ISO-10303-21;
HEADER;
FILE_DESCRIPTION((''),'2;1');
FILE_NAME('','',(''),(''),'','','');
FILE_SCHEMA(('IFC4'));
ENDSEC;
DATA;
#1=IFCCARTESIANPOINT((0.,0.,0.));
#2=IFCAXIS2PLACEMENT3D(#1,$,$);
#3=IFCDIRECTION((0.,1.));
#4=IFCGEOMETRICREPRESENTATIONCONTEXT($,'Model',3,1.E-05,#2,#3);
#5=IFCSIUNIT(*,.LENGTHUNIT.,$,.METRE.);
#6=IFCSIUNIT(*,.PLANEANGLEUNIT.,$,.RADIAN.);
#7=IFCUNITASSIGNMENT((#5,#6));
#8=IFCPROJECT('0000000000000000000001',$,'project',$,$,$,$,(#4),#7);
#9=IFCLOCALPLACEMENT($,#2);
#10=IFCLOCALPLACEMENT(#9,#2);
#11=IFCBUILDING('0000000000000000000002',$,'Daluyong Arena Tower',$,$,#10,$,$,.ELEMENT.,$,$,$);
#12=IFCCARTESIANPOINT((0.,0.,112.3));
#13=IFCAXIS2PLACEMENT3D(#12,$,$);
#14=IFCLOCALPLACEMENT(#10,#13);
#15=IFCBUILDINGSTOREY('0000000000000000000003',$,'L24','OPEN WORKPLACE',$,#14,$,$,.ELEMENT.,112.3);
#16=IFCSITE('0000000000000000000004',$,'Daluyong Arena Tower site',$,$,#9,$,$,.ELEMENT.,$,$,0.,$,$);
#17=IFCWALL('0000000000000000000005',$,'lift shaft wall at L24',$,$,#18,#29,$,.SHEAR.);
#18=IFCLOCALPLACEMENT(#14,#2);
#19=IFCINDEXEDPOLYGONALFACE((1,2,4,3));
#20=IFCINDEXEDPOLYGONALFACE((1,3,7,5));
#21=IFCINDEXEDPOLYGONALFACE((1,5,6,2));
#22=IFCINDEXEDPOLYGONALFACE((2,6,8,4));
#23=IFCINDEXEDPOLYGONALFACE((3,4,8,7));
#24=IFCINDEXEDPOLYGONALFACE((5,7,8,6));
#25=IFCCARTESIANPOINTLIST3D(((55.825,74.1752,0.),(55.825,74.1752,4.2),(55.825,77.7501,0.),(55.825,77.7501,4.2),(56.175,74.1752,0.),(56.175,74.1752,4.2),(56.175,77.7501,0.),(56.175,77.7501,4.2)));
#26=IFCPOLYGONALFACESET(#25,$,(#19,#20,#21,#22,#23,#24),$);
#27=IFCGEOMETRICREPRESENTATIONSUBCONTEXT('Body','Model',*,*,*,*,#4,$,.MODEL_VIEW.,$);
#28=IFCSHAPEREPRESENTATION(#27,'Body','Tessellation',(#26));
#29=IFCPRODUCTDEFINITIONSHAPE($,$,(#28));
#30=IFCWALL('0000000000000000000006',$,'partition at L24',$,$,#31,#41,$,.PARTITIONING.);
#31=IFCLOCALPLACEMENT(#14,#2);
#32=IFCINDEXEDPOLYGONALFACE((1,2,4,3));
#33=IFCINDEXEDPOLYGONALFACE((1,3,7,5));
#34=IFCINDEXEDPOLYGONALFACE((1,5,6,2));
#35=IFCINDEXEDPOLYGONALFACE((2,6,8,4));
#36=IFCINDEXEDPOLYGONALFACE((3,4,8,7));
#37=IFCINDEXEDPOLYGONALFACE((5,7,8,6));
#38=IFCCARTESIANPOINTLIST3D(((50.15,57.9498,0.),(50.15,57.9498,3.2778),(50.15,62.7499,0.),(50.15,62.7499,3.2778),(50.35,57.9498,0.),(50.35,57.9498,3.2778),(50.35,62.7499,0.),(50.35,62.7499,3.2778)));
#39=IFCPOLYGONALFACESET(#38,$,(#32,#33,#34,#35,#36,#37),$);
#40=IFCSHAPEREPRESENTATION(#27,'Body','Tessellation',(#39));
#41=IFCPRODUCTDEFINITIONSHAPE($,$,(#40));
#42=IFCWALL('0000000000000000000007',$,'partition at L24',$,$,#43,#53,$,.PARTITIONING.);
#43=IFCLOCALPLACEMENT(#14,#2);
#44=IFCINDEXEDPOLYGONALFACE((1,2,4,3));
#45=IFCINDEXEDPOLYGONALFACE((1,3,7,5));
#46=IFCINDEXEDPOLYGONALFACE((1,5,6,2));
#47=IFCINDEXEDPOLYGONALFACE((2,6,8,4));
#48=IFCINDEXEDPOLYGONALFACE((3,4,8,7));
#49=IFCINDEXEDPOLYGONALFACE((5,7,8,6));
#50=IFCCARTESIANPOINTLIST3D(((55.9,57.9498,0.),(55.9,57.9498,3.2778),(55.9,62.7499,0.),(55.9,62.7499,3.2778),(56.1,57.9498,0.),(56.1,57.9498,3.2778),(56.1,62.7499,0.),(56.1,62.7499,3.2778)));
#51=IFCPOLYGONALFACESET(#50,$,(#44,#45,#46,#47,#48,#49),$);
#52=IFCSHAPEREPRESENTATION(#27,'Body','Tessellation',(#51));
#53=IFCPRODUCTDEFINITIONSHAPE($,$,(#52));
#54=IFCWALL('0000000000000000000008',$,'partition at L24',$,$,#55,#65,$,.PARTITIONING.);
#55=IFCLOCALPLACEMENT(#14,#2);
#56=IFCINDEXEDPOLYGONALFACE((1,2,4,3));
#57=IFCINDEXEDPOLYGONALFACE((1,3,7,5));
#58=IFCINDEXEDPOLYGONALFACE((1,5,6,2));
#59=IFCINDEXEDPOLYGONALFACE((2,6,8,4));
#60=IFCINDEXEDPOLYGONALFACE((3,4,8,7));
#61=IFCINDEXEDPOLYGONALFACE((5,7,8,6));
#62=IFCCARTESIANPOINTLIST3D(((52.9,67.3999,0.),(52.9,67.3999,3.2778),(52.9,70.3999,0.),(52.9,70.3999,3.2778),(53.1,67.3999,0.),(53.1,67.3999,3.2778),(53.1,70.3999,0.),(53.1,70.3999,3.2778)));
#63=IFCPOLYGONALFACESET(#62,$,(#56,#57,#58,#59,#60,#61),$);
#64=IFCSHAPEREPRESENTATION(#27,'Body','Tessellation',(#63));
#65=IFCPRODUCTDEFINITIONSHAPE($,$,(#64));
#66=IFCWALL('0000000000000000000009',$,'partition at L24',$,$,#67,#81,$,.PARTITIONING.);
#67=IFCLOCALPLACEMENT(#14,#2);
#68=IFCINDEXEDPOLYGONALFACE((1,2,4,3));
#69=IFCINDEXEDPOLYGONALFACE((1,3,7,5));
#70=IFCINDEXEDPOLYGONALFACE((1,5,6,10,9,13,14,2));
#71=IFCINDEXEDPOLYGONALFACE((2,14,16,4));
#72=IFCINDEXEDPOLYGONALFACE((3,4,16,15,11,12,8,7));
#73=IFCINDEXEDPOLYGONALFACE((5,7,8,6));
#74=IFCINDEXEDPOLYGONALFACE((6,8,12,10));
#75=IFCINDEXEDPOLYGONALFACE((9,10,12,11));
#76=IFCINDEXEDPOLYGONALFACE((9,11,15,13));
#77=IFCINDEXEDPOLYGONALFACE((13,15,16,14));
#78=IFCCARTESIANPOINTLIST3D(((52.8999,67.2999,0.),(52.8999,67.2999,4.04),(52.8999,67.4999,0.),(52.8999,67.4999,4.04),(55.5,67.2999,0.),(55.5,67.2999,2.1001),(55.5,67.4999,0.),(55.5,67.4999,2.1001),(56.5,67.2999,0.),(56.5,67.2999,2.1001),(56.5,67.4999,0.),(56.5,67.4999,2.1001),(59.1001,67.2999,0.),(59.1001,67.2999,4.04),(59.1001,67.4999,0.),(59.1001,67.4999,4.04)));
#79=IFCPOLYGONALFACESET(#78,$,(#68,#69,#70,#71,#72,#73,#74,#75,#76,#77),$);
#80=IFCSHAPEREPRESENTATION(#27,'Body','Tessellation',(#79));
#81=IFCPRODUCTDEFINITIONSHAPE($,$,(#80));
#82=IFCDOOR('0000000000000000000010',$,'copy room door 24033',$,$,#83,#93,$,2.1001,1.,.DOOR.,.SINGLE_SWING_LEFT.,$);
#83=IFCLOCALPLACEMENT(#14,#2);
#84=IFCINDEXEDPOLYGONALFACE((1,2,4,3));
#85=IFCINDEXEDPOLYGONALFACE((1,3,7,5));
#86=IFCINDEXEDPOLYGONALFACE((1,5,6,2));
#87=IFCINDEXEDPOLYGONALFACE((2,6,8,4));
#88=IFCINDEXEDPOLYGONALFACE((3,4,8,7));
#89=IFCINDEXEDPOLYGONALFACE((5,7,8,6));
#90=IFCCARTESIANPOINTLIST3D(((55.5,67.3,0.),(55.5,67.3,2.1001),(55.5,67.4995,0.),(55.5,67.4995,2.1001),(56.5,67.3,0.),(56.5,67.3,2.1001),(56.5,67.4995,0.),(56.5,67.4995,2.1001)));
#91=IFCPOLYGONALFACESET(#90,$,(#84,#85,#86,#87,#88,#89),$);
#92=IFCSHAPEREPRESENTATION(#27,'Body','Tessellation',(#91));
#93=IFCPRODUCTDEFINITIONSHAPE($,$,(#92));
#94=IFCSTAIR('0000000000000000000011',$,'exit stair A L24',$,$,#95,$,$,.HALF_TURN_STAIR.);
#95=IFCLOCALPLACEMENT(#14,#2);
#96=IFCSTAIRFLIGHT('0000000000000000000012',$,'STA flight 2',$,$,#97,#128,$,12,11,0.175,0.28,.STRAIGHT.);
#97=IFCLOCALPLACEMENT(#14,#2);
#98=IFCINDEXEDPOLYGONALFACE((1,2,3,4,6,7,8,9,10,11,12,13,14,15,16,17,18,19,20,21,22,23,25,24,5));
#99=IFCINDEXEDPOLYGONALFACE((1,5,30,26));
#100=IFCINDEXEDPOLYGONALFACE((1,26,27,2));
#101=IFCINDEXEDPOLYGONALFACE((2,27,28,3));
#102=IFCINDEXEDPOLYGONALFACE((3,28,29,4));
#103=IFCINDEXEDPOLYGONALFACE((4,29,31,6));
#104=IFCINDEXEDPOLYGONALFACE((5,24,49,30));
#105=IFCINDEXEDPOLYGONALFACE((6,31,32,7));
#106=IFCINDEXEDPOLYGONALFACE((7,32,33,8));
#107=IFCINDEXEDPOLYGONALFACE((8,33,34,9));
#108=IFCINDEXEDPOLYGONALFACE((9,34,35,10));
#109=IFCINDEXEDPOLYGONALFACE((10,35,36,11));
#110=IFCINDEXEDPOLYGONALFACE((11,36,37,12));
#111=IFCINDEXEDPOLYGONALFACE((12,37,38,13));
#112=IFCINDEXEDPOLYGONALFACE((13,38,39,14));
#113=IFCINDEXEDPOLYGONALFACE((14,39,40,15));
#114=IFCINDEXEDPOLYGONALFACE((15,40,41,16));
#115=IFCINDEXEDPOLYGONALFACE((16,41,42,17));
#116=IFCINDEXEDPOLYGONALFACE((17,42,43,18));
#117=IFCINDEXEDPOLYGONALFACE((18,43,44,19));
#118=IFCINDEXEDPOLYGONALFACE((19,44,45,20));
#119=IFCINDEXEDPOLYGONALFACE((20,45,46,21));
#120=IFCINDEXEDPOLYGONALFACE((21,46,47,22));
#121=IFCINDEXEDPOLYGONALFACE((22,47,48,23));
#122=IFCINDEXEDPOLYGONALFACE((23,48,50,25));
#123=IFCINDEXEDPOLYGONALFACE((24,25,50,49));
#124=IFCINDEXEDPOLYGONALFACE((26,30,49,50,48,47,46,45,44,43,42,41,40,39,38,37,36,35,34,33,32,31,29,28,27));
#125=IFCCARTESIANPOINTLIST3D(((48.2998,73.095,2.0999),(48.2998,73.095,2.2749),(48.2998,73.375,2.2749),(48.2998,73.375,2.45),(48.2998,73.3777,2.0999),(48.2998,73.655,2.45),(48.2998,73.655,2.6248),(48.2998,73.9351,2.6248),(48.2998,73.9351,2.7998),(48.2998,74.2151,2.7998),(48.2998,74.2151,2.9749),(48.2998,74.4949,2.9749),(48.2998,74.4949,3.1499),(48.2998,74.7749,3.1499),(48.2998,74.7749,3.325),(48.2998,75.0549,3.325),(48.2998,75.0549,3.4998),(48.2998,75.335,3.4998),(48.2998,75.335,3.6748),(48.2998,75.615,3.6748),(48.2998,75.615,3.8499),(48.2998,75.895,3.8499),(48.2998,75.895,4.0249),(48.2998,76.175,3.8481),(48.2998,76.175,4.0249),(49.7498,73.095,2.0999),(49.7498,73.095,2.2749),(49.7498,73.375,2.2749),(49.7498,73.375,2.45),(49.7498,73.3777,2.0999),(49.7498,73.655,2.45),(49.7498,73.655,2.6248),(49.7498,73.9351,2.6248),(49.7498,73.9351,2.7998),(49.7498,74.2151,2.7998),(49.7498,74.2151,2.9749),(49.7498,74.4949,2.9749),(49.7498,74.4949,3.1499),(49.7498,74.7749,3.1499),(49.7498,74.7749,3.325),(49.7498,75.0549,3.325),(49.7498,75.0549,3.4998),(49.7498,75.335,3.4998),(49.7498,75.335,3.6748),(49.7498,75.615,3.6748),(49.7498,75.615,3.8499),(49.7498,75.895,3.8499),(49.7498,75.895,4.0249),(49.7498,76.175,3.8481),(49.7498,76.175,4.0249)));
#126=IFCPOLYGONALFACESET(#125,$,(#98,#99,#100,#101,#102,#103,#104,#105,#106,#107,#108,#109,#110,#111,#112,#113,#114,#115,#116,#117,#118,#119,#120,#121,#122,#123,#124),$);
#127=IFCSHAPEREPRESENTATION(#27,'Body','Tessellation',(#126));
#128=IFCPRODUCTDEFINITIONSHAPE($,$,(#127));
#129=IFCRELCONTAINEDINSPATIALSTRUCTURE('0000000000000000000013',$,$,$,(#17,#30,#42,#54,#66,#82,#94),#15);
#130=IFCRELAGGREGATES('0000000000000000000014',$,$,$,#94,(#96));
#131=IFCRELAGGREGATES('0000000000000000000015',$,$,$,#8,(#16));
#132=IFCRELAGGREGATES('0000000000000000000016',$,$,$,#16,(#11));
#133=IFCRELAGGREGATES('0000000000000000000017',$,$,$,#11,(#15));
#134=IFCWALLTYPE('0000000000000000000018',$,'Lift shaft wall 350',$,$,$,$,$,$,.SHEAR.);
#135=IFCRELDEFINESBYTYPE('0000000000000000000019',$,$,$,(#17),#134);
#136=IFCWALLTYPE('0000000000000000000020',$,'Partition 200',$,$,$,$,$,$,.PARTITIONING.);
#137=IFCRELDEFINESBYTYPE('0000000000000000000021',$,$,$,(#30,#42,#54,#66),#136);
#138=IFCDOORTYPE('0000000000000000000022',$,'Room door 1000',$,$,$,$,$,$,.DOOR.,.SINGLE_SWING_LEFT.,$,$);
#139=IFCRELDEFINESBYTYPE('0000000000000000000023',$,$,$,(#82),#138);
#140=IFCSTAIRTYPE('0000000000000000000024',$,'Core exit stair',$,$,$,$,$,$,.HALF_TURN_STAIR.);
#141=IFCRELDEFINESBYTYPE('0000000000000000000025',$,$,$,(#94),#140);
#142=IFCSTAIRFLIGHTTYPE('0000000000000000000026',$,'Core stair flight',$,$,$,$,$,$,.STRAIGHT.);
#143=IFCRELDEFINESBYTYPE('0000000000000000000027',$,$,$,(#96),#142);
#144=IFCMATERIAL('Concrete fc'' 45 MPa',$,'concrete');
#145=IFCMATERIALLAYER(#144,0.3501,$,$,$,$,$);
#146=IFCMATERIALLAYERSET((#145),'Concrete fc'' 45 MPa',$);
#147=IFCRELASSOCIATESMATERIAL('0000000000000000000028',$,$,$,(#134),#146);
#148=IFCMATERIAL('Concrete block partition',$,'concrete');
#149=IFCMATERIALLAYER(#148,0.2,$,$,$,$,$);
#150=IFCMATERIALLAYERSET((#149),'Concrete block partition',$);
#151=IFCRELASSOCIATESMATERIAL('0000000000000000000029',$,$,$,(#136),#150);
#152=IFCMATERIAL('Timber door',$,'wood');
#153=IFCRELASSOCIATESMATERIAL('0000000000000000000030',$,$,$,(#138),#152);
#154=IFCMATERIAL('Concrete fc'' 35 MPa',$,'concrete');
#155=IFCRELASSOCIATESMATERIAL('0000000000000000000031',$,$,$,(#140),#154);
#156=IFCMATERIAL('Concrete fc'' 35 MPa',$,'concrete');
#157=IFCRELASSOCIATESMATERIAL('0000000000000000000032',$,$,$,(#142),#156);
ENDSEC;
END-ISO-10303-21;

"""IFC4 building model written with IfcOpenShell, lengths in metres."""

from ifc_helpers import new_model, si_unit, direction, frame, frame_2d, origin, place, context, subcontext, project, spatial, polyline, rectangle, outline, extrude, material, layer, layer_set, type_object, element, fill, aggregate, save


model = new_model("IFC4")

# Units and contexts
model_context = context("Model", 3, precision=1e-05, world=origin(), true_north=direction((0.0, 1.0)))
body_context = subcontext(model_context, "Body", "Model", "MODEL_VIEW")
ifc_project = project(units=[si_unit("LENGTHUNIT", "METRE"), si_unit("PLANEANGLEUNIT", "RADIAN")], contexts=[model_context])

# Site, building, storey
site_placement = place(None, origin())
site = spatial("IfcSite", under=ifc_project, at=site_placement, Name="Daluyong Arena Tower site", CompositionType="ELEMENT", RefElevation=0.0)
building_placement = place(site_placement, origin())
building = spatial("IfcBuilding", under=site, at=building_placement, Name="Daluyong Arena Tower", CompositionType="ELEMENT")
storey_placement = place(building_placement, frame((0.0, 0.0, 112.3)))
storey = spatial("IfcBuildingStorey", under=building, at=storey_placement, Name="L24", Description="OPEN WORKPLACE", CompositionType="ELEMENT", Elevation=112.3)

# Walls
ifc_material_1 = material(Name="Concrete fc' 45 MPa", Category="concrete")
ifc_layer_1 = layer(ifc_material_1, 0.3501)
ifc_layer_set_1 = layer_set([ifc_layer_1], Name="Concrete fc' 45 MPa")
wall_type_1 = type_object("IfcWallType", Name="Lift shaft wall 350", PredefinedType="SHEAR", material=ifc_layer_set_1)
wall_1_placement = place(storey_placement, frame((56.0, 74.175, 0.0), z_axis=(0.0, 0.0, 1.0), x_axis=(0.0, 1.0, 0.0)))
element("IfcWall", 1, at=wall_1_placement, inside=storey, type_object=wall_type_1, Name="lift shaft wall at L24", PredefinedType="SHEAR", context=body_context, shape_type="SweptSolid", body=[
    extrude(rectangle(XDim=3.575, YDim=0.3501, at=frame_2d((1.7876, 0.0))), origin(), (0.0, 0.0, 1.0), 4.2),
])
ifc_material_2 = material(Name="Concrete block partition", Category="concrete")
ifc_layer_2 = layer(ifc_material_2, 0.2)
ifc_layer_set_2 = layer_set([ifc_layer_2], Name="Concrete block partition")
wall_type_2 = type_object("IfcWallType", Name="Partition 200", PredefinedType="PARTITIONING", material=ifc_layer_set_2)
for number, where, z_axis, x_axis, name in (
    (2, (50.25, 57.95, 0.0), (0.0, 0.0, 1.0), (0.0, 1.0, 0.0), "partition at L24"),
    (3, (56.0, 57.95, 0.0), (0.0, 0.0, 1.0), (0.0, 1.0, 0.0), "partition at L24"),
):
    element("IfcWall", number, at=place(storey_placement, frame(where, z_axis=z_axis, x_axis=x_axis)), inside=storey, type_object=wall_type_2, Name=name, PredefinedType="PARTITIONING", context=body_context, shape_type="SweptSolid", body=[
        extrude(rectangle(XDim=4.8, YDim=0.2, at=frame_2d((2.3999, 0.0))), origin(), (0.0, 0.0, 1.0), 3.2778),
    ])
wall_2_placement = place(storey_placement, frame((53.0, 67.3999, 0.0), z_axis=(0.0, 0.0, 1.0), x_axis=(0.0, 1.0, 0.0)))
element("IfcWall", 4, at=wall_2_placement, inside=storey, type_object=wall_type_2, Name="partition at L24", PredefinedType="PARTITIONING", context=body_context, shape_type="SweptSolid", body=[
    extrude(rectangle(XDim=3.0, YDim=0.2, at=frame_2d((1.5, 0.0))), origin(), (0.0, 0.0, 1.0), 3.2778),
])

# Wall, opening, door
wall_3_placement = place(storey_placement, frame((52.8999, 67.3999, 0.0), z_axis=(0.0, 0.0, 1.0), x_axis=(1.0, 0.0, 0.0)))
wall_3 = element("IfcWall", 5, at=wall_3_placement, inside=storey, type_object=wall_type_2, Name="partition at L24", PredefinedType="PARTITIONING", context=body_context, shape_type="SweptSolid", body=[
    extrude(rectangle(XDim=6.2002, YDim=0.2, at=frame_2d((3.1001, 0.0))), origin(), (0.0, 0.0, 1.0), 4.04),
])
opening_1_placement = place(wall_3_placement, frame((2.6001, 0.0, 0.0)))
opening_1 = element("IfcOpeningElement", 6, at=opening_1_placement, cuts=wall_3, PredefinedType="OPENING", context=body_context, shape_type="SweptSolid", body=[
    extrude(rectangle(XDim=1.0, YDim=2.1001, at=frame_2d((0.5, 1.05))), frame((0.0, 0.1099, 0.0), z_axis=(0.0, -1.0, 0.0), x_axis=(1.0, 0.0, 0.0)), (0.0, 0.0, 1.0), 0.22),
])
ifc_material_3 = material(Name="Timber door", Category="wood")
door_type_1 = type_object("IfcDoorType", Name="Room door 1000", OperationType="SINGLE_SWING_LEFT", PredefinedType="DOOR", material=ifc_material_3)
door_1_placement = place(opening_1_placement, origin())
door_1 = element("IfcDoor", 7, at=door_1_placement, inside=storey, type_object=door_type_1, Name="copy room door 24033", OperationType="SINGLE_SWING_LEFT", OverallHeight=2.1001, OverallWidth=1.0, PredefinedType="DOOR", context=body_context, shape_type="SweptSolid", body=[
    extrude(rectangle(XDim=1.0, YDim=2.1001, at=frame_2d((0.5, 1.05))), frame((0.0, 0.0996, 0.0), z_axis=(0.0, -1.0, 0.0), x_axis=(1.0, 0.0, 0.0)), (0.0, 0.0, 1.0), 0.1995),
])
fill(opening_1, door_1)

# Stair, stair flight
ifc_material_4 = material(Name="Concrete fc' 35 MPa", Category="concrete")
stair_type = type_object("IfcStairType", Name="Core exit stair", PredefinedType="HALF_TURN_STAIR", material=ifc_material_4)
stair_placement = place(storey_placement, origin())
stair = element("IfcStair", 8, at=stair_placement, inside=storey, type_object=stair_type, Name="exit stair A L24", PredefinedType="HALF_TURN_STAIR")
ifc_material_5 = material(Name="Concrete fc' 35 MPa", Category="concrete")
stair_flight_type = type_object("IfcStairFlightType", Name="Core stair flight", PredefinedType="STRAIGHT", material=ifc_material_5)
stair_flight_placement = place(storey_placement, frame((49.0249, 73.095, 2.0999), z_axis=(0.0, 0.0, 1.0), x_axis=(0.0, 1.0, 0.0)))
stair_flight = element("IfcStairFlight", 9, at=stair_flight_placement, type_object=stair_flight_type, Name="STA flight 2", NumberOfRisers=12, NumberOfTreads=11, PredefinedType="STRAIGHT", RiserHeight=0.175, TreadLength=0.28, context=body_context, shape_type="SweptSolid", body=[
    extrude(outline(polyline([(0.0, 0.0), (0.0, 0.175), (0.28, 0.175), (0.28, 0.3501), (0.5601, 0.3501), (0.5601, 0.5249), (0.8401, 0.5249), (0.8401, 0.7), (1.1201, 0.7), (1.1201, 0.875), (1.3999, 0.875), (1.3999, 1.05), (1.6799, 1.05), (1.6799, 1.2251), (1.96, 1.2251), (1.96, 1.3999), (2.24, 1.3999), (2.24, 1.575), (2.52, 1.575), (2.52, 1.75), (2.8, 1.75), (2.8, 1.925), (3.0801, 1.925), (3.0801, 2.1001), (3.0801, 1.7483), (0.2827, 0.0), (0.0, 0.0)])), frame((0.0, 0.7251, 0.0), z_axis=(0.0, -1.0, 0.0), x_axis=(1.0, 0.0, 0.0)), (0.0, 0.0, 1.0), 1.45),
])
aggregate(stair, [stair_flight])

save(model, "model.ifc")
